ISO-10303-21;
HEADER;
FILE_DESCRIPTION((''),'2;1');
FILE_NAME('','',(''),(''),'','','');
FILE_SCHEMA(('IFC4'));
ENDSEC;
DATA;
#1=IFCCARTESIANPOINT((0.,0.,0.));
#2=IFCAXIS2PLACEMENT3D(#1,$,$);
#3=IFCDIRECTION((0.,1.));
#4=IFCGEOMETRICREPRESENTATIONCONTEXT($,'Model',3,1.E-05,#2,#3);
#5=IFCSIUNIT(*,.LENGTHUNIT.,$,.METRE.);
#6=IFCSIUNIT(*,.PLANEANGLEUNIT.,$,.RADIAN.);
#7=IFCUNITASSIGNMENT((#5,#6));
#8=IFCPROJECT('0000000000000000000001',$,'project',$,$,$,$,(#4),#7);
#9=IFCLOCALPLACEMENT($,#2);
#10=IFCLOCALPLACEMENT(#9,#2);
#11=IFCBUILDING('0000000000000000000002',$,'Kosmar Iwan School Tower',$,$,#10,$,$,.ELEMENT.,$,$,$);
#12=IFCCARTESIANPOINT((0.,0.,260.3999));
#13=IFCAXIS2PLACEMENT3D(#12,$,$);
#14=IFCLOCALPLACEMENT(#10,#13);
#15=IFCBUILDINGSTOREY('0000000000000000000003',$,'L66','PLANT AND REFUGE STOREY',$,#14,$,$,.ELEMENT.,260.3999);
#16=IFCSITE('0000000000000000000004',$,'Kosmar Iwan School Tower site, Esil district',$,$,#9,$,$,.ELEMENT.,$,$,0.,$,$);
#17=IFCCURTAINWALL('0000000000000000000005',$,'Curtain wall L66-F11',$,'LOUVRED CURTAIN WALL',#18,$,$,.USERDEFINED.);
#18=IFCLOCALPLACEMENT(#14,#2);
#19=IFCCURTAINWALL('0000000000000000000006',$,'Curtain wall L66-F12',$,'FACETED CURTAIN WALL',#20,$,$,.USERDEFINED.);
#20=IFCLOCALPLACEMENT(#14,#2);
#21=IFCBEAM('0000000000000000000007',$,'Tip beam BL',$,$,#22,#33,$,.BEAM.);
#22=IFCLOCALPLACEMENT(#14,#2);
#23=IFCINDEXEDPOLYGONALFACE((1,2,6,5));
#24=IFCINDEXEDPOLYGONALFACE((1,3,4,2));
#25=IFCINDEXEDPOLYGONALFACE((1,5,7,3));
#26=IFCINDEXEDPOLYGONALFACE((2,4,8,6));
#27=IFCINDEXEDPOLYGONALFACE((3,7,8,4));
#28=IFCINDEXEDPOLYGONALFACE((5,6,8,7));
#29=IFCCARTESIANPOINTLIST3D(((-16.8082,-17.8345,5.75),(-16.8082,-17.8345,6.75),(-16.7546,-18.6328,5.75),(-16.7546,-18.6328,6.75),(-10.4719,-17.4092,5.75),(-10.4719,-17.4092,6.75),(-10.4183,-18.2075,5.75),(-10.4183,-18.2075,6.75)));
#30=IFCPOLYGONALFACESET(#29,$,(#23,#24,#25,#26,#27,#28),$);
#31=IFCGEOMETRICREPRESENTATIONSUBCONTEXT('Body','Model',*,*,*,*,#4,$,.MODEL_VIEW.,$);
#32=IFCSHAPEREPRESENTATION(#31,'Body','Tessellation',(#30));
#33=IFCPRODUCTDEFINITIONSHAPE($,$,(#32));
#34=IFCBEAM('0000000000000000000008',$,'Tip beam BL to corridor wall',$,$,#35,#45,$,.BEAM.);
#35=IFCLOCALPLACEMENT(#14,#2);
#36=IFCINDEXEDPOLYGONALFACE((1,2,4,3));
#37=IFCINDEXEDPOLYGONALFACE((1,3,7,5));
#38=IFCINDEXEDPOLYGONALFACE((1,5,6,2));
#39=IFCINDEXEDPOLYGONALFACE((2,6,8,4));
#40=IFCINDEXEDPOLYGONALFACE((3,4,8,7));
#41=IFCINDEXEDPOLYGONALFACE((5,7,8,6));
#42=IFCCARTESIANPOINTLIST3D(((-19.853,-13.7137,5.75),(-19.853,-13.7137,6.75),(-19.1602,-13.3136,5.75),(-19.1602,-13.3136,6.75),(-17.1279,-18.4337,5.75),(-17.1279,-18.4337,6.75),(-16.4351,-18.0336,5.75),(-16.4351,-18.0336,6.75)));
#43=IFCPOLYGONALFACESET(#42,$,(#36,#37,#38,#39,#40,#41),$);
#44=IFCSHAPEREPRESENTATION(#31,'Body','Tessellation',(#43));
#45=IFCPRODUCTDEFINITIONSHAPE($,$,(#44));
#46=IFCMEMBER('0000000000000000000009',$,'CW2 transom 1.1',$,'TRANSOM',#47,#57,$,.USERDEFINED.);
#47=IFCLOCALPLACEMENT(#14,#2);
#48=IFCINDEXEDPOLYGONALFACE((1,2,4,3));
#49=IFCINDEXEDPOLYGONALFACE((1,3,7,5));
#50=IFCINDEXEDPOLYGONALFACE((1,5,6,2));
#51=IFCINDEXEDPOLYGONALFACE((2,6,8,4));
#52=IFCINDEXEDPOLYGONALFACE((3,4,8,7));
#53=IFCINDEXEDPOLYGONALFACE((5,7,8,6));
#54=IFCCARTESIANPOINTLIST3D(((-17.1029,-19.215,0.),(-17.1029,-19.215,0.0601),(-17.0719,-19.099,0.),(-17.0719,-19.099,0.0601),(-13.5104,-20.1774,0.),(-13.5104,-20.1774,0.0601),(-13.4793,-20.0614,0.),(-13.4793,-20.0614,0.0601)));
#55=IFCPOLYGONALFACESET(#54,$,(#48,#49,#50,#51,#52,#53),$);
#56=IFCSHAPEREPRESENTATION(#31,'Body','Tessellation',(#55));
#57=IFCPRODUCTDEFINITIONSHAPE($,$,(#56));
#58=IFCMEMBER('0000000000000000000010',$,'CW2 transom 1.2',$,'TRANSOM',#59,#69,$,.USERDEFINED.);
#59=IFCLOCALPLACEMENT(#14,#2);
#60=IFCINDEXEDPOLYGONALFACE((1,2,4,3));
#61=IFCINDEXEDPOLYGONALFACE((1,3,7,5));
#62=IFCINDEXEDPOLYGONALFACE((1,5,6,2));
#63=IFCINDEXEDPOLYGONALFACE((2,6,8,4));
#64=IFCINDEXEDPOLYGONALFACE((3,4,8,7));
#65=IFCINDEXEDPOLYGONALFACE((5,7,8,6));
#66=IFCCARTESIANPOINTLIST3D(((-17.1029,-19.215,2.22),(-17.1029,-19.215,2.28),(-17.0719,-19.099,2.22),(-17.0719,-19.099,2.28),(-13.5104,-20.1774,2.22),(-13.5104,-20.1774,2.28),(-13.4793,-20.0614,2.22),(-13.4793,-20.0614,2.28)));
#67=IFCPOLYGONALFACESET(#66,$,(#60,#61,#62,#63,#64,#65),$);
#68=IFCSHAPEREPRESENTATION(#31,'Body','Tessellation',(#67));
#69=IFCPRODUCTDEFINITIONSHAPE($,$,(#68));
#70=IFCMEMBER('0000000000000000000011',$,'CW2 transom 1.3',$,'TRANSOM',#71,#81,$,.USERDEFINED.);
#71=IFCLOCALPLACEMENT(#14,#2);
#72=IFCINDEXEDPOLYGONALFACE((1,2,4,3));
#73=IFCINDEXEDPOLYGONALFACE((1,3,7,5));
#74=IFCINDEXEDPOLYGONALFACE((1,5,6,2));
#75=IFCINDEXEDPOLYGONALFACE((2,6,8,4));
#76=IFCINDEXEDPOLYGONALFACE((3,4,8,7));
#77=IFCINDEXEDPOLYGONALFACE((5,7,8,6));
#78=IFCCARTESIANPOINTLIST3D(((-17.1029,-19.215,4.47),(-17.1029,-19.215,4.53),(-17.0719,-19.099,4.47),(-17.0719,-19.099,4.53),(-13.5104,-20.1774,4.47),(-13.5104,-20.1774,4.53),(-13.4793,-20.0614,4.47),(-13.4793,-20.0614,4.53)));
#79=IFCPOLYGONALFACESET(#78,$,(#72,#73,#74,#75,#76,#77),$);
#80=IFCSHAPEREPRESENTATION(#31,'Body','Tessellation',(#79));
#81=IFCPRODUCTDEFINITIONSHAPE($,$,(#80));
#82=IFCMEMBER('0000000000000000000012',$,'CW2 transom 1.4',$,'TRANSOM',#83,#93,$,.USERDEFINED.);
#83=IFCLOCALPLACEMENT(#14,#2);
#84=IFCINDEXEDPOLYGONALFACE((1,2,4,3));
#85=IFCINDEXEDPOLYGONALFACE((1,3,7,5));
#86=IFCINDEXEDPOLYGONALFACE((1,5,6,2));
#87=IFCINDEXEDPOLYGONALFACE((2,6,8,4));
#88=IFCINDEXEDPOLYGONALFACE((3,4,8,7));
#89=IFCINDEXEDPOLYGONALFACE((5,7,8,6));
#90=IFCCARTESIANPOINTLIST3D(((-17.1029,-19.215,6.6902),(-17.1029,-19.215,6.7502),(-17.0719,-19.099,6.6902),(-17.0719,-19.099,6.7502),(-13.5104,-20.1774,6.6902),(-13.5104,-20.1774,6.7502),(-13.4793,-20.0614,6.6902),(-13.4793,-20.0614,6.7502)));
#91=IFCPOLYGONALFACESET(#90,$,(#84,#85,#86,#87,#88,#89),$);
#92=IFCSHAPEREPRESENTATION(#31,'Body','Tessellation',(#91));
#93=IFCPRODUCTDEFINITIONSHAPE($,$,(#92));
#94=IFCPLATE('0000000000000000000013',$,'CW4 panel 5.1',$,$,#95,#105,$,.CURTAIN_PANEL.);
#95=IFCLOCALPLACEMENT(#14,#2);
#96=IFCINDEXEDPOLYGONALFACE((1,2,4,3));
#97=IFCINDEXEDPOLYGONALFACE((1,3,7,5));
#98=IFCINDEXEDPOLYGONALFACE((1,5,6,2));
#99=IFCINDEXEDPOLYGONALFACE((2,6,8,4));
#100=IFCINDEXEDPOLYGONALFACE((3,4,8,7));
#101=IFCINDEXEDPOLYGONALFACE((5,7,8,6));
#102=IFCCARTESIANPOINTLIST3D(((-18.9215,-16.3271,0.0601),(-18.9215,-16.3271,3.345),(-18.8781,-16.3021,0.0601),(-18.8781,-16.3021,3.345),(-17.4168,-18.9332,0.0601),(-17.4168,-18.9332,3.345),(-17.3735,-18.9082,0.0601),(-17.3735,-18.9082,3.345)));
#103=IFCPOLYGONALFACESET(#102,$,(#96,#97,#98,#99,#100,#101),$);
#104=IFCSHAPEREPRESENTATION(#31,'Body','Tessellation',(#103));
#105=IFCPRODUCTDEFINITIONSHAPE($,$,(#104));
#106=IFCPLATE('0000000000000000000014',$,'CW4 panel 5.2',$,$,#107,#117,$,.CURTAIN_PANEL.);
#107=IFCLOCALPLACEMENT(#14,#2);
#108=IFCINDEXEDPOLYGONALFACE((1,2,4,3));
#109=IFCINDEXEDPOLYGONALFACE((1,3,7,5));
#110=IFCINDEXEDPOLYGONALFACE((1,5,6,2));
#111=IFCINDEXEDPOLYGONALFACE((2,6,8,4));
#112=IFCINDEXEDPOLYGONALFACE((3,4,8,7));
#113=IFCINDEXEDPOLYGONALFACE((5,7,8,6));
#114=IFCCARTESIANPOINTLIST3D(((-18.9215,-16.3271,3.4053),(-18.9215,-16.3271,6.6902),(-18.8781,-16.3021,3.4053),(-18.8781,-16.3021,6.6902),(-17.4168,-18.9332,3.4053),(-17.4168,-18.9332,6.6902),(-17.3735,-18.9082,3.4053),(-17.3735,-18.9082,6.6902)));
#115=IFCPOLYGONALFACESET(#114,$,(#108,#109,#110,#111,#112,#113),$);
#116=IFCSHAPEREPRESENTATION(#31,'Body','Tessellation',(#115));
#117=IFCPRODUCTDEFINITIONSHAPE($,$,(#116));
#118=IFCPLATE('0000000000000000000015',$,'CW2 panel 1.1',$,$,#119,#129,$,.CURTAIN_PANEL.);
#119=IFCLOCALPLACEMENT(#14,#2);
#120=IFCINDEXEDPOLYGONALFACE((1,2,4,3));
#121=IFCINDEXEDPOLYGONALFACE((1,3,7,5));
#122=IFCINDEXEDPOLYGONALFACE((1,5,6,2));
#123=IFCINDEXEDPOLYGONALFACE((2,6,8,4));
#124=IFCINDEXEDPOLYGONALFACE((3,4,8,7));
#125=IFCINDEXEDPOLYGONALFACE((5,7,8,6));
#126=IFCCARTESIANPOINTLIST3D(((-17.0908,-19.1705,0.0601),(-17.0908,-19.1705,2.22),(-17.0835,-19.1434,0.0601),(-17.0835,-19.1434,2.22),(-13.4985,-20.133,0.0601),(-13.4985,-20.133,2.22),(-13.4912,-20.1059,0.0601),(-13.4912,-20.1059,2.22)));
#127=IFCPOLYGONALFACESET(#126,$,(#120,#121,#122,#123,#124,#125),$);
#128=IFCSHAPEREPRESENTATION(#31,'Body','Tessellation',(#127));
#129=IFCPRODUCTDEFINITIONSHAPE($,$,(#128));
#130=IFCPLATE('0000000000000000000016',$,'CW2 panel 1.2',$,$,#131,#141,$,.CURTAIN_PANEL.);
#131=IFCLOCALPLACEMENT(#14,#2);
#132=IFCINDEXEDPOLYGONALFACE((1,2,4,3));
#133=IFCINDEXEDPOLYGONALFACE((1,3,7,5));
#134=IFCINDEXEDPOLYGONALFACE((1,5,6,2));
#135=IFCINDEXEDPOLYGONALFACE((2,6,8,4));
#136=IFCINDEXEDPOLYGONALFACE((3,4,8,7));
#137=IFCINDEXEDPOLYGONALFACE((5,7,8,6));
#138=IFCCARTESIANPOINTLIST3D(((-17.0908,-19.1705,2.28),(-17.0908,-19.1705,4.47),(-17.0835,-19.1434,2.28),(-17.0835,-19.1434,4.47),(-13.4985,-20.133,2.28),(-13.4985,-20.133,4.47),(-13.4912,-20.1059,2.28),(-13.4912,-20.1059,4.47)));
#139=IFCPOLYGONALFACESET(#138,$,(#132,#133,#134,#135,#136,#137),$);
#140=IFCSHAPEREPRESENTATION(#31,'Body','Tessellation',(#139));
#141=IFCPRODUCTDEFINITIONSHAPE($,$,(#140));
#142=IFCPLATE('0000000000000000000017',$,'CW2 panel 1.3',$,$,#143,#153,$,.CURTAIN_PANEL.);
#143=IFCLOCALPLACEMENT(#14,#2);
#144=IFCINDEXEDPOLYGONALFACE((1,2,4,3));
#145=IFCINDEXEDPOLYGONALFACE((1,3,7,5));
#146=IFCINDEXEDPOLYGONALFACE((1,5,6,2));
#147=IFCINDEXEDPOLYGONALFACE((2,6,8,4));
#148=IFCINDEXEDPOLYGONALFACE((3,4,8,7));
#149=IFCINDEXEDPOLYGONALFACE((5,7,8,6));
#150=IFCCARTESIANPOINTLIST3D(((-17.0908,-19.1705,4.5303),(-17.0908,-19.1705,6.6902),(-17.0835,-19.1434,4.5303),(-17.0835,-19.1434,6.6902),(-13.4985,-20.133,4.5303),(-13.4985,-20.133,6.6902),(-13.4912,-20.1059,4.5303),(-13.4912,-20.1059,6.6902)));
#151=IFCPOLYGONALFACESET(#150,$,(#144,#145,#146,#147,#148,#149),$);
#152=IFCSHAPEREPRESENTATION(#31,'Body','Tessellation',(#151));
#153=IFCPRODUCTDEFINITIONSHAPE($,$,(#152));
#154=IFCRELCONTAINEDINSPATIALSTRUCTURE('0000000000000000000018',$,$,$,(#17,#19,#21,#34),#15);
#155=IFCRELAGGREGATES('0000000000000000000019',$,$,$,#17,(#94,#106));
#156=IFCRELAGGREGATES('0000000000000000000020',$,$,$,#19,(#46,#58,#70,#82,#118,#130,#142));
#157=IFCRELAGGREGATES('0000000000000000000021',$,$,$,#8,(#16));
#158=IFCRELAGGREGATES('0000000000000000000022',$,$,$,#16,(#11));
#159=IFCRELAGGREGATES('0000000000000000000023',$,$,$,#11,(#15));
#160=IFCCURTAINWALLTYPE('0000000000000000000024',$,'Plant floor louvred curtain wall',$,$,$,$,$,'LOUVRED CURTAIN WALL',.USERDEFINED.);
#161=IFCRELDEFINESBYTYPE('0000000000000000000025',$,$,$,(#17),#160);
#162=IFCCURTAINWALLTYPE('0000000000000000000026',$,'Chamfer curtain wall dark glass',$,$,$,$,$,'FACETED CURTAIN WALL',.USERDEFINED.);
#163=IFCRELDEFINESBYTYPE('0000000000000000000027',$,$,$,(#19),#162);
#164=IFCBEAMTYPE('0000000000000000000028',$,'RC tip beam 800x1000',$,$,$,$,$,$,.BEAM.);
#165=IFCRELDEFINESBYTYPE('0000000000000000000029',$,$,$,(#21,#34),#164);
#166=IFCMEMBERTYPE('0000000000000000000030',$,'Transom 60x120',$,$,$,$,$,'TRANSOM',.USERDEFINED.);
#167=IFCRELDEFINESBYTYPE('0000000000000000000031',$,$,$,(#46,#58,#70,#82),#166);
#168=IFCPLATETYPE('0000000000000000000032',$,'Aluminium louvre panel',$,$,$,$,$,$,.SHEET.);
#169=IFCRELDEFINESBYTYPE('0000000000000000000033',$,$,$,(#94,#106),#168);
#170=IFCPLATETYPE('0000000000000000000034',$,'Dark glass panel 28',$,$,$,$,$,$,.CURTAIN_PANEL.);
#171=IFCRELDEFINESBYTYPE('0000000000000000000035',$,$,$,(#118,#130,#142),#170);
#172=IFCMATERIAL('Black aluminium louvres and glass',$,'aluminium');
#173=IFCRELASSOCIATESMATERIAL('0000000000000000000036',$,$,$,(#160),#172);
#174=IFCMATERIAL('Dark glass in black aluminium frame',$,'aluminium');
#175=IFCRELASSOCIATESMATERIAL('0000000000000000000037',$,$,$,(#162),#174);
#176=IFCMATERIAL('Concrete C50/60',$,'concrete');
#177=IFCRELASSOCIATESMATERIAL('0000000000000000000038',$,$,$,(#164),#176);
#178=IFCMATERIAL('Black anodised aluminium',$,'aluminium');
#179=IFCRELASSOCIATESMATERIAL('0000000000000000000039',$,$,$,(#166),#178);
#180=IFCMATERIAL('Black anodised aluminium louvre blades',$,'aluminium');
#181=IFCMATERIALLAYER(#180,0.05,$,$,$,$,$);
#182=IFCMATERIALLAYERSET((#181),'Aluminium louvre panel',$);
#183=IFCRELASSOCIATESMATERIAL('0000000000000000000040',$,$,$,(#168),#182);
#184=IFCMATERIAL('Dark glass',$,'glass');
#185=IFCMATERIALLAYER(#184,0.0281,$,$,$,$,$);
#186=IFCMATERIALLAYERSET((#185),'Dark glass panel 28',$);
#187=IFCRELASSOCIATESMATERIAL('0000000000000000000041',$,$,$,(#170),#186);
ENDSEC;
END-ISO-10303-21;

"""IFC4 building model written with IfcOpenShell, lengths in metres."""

from ifc_helpers import new_model, si_unit, direction, frame, origin, origin_2d, place, context, subcontext, project, spatial, rectangle, extrude, material, layer, layer_set, material_profile, profile_set, type_object, element, aggregate, save


model = new_model("IFC4")

# Units and contexts
model_context = context("Model", 3, precision=1e-05, world=origin(), true_north=direction((0.0, 1.0)))
body_context = subcontext(model_context, "Body", "Model", "MODEL_VIEW")
ifc_project = project(units=[si_unit("LENGTHUNIT", "METRE"), si_unit("PLANEANGLEUNIT", "RADIAN")], contexts=[model_context])

# Site, building, storey
site_placement = place(None, origin())
site = spatial("IfcSite", under=ifc_project, at=site_placement, Name="Kosmar Iwan School Tower site, Esil district", CompositionType="ELEMENT", RefElevation=0.0)
building_placement = place(site_placement, origin())
building = spatial("IfcBuilding", under=site, at=building_placement, Name="Kosmar Iwan School Tower", CompositionType="ELEMENT")
storey_placement = place(building_placement, frame((0.0, 0.0, 260.3999)))
storey = spatial("IfcBuildingStorey", under=building, at=storey_placement, Name="L66", Description="PLANT AND REFUGE STOREY", CompositionType="ELEMENT", Elevation=260.3999)

# Curtain wall
ifc_material_1 = material(Name="Black aluminium louvres and glass", Category="aluminium")
curtain_wall_type_1 = type_object("IfcCurtainWallType", Name="Plant floor louvred curtain wall", ElementType="LOUVRED CURTAIN WALL", PredefinedType="USERDEFINED", material=ifc_material_1)
curtain_wall_1_placement = place(storey_placement, origin())
curtain_wall_1 = element("IfcCurtainWall", 1, at=curtain_wall_1_placement, inside=storey, type_object=curtain_wall_type_1, Name="Curtain wall L66-F11", ObjectType="LOUVRED CURTAIN WALL", PredefinedType="USERDEFINED")

# Curtain wall
ifc_material_2 = material(Name="Dark glass in black aluminium frame", Category="aluminium")
curtain_wall_type_2 = type_object("IfcCurtainWallType", Name="Chamfer curtain wall dark glass", ElementType="FACETED CURTAIN WALL", PredefinedType="USERDEFINED", material=ifc_material_2)
curtain_wall_2_placement = place(storey_placement, origin())
curtain_wall_2 = element("IfcCurtainWall", 2, at=curtain_wall_2_placement, inside=storey, type_object=curtain_wall_type_2, Name="Curtain wall L66-F12", ObjectType="FACETED CURTAIN WALL", PredefinedType="USERDEFINED")

# Beams
ifc_material_3 = material(Name="Concrete C50/60", Category="concrete")
ifc_material_profile_1 = material_profile(ifc_material_3, rectangle(XDim=0.8, YDim=1.0, at=origin_2d()), Name="RC 800x1000")
ifc_profile_set_1 = profile_set([ifc_material_profile_1], Name="Concrete C50/60")
beam_type_1 = type_object("IfcBeamType", Name="RC tip beam 800x1000", PredefinedType="BEAM", material=ifc_profile_set_1)
beam_1_placement = place(storey_placement, frame((-10.4451, -17.8083, 6.25), z_axis=(-0.997755, -0.066968, 0.0), x_axis=(0.066968, -0.997755, 0.0)))
element("IfcBeam", 3, at=beam_1_placement, inside=storey, type_object=beam_type_1, Name="Tip beam BL", PredefinedType="BEAM", context=body_context, shape_type="SweptSolid", body=[
    extrude(rectangle(XDim=0.8, YDim=1.0, at=origin_2d()), origin(), (0.0, 0.0, 1.0), 6.3506),
])
beam_2_placement = place(storey_placement, frame((-16.7815, -18.2336, 6.25), z_axis=(-0.500003, 0.866024, 0.0), x_axis=(-0.866024, -0.500003, 0.0)))
element("IfcBeam", 4, at=beam_2_placement, inside=storey, type_object=beam_type_1, Name="Tip beam BL to corridor wall", PredefinedType="BEAM", context=body_context, shape_type="SweptSolid", body=[
    extrude(rectangle(XDim=0.8, YDim=1.0, at=origin_2d()), origin(), (0.0, 0.0, 1.0), 5.4502),
])

# Members
ifc_material_4 = material(Name="Black anodised aluminium", Category="aluminium")
ifc_material_profile_2 = material_profile(ifc_material_4, rectangle(XDim=0.1201, YDim=0.0601, at=origin_2d()), Name="TRANSOM 60x120")
ifc_profile_set_2 = profile_set([ifc_material_profile_2], Name="Black anodised aluminium")
member_type_1 = type_object("IfcMemberType", Name="Transom 60x120", ElementType="TRANSOM", PredefinedType="USERDEFINED", material=ifc_profile_set_2)
member_1_placement = place(storey_placement, frame((-17.0874, -19.157, 0.03), z_axis=(0.96594, -0.258766, 0.0), x_axis=(0.258766, 0.96594, 0.0)))
member_1 = element("IfcMember", 5, at=member_1_placement, type_object=member_type_1, Name="CW2 transom 1.1", ObjectType="TRANSOM", PredefinedType="USERDEFINED", context=body_context, shape_type="SweptSolid", body=[
    extrude(rectangle(XDim=0.1201, YDim=0.0601, at=origin_2d()), origin(), (0.0, 0.0, 1.0), 3.7192),
])
member_2_placement = place(storey_placement, frame((-17.0874, -19.157, 2.25), z_axis=(0.96594, -0.258766, 0.0), x_axis=(0.258766, 0.96594, 0.0)))
member_2 = element("IfcMember", 6, at=member_2_placement, type_object=member_type_1, Name="CW2 transom 1.2", ObjectType="TRANSOM", PredefinedType="USERDEFINED", context=body_context, shape_type="SweptSolid", body=[
    extrude(rectangle(XDim=0.1201, YDim=0.0601, at=origin_2d()), origin(), (0.0, 0.0, 1.0), 3.7192),
])
member_3_placement = place(storey_placement, frame((-17.0874, -19.157, 4.5), z_axis=(0.96594, -0.258766, 0.0), x_axis=(0.258766, 0.96594, 0.0)))
member_3 = element("IfcMember", 7, at=member_3_placement, type_object=member_type_1, Name="CW2 transom 1.3", ObjectType="TRANSOM", PredefinedType="USERDEFINED", context=body_context, shape_type="SweptSolid", body=[
    extrude(rectangle(XDim=0.1201, YDim=0.0601, at=origin_2d()), origin(), (0.0, 0.0, 1.0), 3.7192),
])
member_4_placement = place(storey_placement, frame((-17.0874, -19.157, 6.7202), z_axis=(0.96594, -0.258766, 0.0), x_axis=(0.258766, 0.96594, 0.0)))
member_4 = element("IfcMember", 8, at=member_4_placement, type_object=member_type_1, Name="CW2 transom 1.4", ObjectType="TRANSOM", PredefinedType="USERDEFINED", context=body_context, shape_type="SweptSolid", body=[
    extrude(rectangle(XDim=0.1201, YDim=0.0601, at=origin_2d()), origin(), (0.0, 0.0, 1.0), 3.7192),
])

# Plates
ifc_material_5 = material(Name="Black anodised aluminium louvre blades", Category="aluminium")
ifc_layer_1 = layer(ifc_material_5, 0.05)
ifc_layer_set_1 = layer_set([ifc_layer_1], Name="Aluminium louvre panel")
plate_type_1 = type_object("IfcPlateType", Name="Aluminium louvre panel", PredefinedType="SHEET", material=ifc_layer_set_1)
plate_1_placement = place(storey_placement, frame((-18.1475, -17.6177, 0.0601), z_axis=(0.0, 0.0, 1.0), x_axis=(0.5, -0.866025, 0.0)))
plate_1 = element("IfcPlate", 9, at=plate_1_placement, type_object=plate_type_1, Name="CW4 panel 5.1", PredefinedType="CURTAIN_PANEL", context=body_context, shape_type="SweptSolid", body=[
    extrude(rectangle(XDim=3.0093, YDim=0.05, at=origin_2d()), origin(), (0.0, 0.0, 1.0), 3.2849),
])
plate_2_placement = place(storey_placement, frame((-18.1475, -17.6177, 3.4053), z_axis=(0.0, 0.0, 1.0), x_axis=(0.5, -0.866025, 0.0)))
plate_2 = element("IfcPlate", 10, at=plate_2_placement, type_object=plate_type_1, Name="CW4 panel 5.2", PredefinedType="CURTAIN_PANEL", context=body_context, shape_type="SweptSolid", body=[
    extrude(rectangle(XDim=3.0093, YDim=0.05, at=origin_2d()), origin(), (0.0, 0.0, 1.0), 3.2849),
])
aggregate(curtain_wall_1, [plate_1, plate_2])
ifc_material_6 = material(Name="Dark glass", Category="glass")
ifc_layer_2 = layer(ifc_material_6, 0.0281)
ifc_layer_set_2 = layer_set([ifc_layer_2], Name="Dark glass panel 28")
plate_type_2 = type_object("IfcPlateType", Name="Dark glass panel 28", PredefinedType="CURTAIN_PANEL", material=ifc_layer_set_2)
plate_3_placement = place(storey_placement, frame((-15.291, -19.6382, 0.0601), z_axis=(0.0, 0.0, 1.0), x_axis=(0.965926, -0.258819, 0.0)))
plate_3 = element("IfcPlate", 11, at=plate_3_placement, type_object=plate_type_2, Name="CW2 panel 1.1", PredefinedType="CURTAIN_PANEL", context=body_context, shape_type="SweptSolid", body=[
    extrude(rectangle(XDim=3.719, YDim=0.0281, at=origin_2d()), origin(), (0.0, 0.0, 1.0), 2.1599),
])
plate_4_placement = place(storey_placement, frame((-15.291, -19.6382, 2.28), z_axis=(0.0, 0.0, 1.0), x_axis=(0.965926, -0.258819, 0.0)))
plate_4 = element("IfcPlate", 12, at=plate_4_placement, type_object=plate_type_2, Name="CW2 panel 1.2", PredefinedType="CURTAIN_PANEL", context=body_context, shape_type="SweptSolid", body=[
    extrude(rectangle(XDim=3.719, YDim=0.0281, at=origin_2d()), origin(), (0.0, 0.0, 1.0), 2.1899),
])
plate_5_placement = place(storey_placement, frame((-15.291, -19.6382, 4.5303), z_axis=(0.0, 0.0, 1.0), x_axis=(0.965926, -0.258819, 0.0)))
plate_5 = element("IfcPlate", 13, at=plate_5_placement, type_object=plate_type_2, Name="CW2 panel 1.3", PredefinedType="CURTAIN_PANEL", context=body_context, shape_type="SweptSolid", body=[
    extrude(rectangle(XDim=3.719, YDim=0.0281, at=origin_2d()), origin(), (0.0, 0.0, 1.0), 2.1599),
])
aggregate(curtain_wall_2, [member_1, member_2, member_3, member_4, plate_3, plate_4, plate_5])

save(model, "model.ifc")
